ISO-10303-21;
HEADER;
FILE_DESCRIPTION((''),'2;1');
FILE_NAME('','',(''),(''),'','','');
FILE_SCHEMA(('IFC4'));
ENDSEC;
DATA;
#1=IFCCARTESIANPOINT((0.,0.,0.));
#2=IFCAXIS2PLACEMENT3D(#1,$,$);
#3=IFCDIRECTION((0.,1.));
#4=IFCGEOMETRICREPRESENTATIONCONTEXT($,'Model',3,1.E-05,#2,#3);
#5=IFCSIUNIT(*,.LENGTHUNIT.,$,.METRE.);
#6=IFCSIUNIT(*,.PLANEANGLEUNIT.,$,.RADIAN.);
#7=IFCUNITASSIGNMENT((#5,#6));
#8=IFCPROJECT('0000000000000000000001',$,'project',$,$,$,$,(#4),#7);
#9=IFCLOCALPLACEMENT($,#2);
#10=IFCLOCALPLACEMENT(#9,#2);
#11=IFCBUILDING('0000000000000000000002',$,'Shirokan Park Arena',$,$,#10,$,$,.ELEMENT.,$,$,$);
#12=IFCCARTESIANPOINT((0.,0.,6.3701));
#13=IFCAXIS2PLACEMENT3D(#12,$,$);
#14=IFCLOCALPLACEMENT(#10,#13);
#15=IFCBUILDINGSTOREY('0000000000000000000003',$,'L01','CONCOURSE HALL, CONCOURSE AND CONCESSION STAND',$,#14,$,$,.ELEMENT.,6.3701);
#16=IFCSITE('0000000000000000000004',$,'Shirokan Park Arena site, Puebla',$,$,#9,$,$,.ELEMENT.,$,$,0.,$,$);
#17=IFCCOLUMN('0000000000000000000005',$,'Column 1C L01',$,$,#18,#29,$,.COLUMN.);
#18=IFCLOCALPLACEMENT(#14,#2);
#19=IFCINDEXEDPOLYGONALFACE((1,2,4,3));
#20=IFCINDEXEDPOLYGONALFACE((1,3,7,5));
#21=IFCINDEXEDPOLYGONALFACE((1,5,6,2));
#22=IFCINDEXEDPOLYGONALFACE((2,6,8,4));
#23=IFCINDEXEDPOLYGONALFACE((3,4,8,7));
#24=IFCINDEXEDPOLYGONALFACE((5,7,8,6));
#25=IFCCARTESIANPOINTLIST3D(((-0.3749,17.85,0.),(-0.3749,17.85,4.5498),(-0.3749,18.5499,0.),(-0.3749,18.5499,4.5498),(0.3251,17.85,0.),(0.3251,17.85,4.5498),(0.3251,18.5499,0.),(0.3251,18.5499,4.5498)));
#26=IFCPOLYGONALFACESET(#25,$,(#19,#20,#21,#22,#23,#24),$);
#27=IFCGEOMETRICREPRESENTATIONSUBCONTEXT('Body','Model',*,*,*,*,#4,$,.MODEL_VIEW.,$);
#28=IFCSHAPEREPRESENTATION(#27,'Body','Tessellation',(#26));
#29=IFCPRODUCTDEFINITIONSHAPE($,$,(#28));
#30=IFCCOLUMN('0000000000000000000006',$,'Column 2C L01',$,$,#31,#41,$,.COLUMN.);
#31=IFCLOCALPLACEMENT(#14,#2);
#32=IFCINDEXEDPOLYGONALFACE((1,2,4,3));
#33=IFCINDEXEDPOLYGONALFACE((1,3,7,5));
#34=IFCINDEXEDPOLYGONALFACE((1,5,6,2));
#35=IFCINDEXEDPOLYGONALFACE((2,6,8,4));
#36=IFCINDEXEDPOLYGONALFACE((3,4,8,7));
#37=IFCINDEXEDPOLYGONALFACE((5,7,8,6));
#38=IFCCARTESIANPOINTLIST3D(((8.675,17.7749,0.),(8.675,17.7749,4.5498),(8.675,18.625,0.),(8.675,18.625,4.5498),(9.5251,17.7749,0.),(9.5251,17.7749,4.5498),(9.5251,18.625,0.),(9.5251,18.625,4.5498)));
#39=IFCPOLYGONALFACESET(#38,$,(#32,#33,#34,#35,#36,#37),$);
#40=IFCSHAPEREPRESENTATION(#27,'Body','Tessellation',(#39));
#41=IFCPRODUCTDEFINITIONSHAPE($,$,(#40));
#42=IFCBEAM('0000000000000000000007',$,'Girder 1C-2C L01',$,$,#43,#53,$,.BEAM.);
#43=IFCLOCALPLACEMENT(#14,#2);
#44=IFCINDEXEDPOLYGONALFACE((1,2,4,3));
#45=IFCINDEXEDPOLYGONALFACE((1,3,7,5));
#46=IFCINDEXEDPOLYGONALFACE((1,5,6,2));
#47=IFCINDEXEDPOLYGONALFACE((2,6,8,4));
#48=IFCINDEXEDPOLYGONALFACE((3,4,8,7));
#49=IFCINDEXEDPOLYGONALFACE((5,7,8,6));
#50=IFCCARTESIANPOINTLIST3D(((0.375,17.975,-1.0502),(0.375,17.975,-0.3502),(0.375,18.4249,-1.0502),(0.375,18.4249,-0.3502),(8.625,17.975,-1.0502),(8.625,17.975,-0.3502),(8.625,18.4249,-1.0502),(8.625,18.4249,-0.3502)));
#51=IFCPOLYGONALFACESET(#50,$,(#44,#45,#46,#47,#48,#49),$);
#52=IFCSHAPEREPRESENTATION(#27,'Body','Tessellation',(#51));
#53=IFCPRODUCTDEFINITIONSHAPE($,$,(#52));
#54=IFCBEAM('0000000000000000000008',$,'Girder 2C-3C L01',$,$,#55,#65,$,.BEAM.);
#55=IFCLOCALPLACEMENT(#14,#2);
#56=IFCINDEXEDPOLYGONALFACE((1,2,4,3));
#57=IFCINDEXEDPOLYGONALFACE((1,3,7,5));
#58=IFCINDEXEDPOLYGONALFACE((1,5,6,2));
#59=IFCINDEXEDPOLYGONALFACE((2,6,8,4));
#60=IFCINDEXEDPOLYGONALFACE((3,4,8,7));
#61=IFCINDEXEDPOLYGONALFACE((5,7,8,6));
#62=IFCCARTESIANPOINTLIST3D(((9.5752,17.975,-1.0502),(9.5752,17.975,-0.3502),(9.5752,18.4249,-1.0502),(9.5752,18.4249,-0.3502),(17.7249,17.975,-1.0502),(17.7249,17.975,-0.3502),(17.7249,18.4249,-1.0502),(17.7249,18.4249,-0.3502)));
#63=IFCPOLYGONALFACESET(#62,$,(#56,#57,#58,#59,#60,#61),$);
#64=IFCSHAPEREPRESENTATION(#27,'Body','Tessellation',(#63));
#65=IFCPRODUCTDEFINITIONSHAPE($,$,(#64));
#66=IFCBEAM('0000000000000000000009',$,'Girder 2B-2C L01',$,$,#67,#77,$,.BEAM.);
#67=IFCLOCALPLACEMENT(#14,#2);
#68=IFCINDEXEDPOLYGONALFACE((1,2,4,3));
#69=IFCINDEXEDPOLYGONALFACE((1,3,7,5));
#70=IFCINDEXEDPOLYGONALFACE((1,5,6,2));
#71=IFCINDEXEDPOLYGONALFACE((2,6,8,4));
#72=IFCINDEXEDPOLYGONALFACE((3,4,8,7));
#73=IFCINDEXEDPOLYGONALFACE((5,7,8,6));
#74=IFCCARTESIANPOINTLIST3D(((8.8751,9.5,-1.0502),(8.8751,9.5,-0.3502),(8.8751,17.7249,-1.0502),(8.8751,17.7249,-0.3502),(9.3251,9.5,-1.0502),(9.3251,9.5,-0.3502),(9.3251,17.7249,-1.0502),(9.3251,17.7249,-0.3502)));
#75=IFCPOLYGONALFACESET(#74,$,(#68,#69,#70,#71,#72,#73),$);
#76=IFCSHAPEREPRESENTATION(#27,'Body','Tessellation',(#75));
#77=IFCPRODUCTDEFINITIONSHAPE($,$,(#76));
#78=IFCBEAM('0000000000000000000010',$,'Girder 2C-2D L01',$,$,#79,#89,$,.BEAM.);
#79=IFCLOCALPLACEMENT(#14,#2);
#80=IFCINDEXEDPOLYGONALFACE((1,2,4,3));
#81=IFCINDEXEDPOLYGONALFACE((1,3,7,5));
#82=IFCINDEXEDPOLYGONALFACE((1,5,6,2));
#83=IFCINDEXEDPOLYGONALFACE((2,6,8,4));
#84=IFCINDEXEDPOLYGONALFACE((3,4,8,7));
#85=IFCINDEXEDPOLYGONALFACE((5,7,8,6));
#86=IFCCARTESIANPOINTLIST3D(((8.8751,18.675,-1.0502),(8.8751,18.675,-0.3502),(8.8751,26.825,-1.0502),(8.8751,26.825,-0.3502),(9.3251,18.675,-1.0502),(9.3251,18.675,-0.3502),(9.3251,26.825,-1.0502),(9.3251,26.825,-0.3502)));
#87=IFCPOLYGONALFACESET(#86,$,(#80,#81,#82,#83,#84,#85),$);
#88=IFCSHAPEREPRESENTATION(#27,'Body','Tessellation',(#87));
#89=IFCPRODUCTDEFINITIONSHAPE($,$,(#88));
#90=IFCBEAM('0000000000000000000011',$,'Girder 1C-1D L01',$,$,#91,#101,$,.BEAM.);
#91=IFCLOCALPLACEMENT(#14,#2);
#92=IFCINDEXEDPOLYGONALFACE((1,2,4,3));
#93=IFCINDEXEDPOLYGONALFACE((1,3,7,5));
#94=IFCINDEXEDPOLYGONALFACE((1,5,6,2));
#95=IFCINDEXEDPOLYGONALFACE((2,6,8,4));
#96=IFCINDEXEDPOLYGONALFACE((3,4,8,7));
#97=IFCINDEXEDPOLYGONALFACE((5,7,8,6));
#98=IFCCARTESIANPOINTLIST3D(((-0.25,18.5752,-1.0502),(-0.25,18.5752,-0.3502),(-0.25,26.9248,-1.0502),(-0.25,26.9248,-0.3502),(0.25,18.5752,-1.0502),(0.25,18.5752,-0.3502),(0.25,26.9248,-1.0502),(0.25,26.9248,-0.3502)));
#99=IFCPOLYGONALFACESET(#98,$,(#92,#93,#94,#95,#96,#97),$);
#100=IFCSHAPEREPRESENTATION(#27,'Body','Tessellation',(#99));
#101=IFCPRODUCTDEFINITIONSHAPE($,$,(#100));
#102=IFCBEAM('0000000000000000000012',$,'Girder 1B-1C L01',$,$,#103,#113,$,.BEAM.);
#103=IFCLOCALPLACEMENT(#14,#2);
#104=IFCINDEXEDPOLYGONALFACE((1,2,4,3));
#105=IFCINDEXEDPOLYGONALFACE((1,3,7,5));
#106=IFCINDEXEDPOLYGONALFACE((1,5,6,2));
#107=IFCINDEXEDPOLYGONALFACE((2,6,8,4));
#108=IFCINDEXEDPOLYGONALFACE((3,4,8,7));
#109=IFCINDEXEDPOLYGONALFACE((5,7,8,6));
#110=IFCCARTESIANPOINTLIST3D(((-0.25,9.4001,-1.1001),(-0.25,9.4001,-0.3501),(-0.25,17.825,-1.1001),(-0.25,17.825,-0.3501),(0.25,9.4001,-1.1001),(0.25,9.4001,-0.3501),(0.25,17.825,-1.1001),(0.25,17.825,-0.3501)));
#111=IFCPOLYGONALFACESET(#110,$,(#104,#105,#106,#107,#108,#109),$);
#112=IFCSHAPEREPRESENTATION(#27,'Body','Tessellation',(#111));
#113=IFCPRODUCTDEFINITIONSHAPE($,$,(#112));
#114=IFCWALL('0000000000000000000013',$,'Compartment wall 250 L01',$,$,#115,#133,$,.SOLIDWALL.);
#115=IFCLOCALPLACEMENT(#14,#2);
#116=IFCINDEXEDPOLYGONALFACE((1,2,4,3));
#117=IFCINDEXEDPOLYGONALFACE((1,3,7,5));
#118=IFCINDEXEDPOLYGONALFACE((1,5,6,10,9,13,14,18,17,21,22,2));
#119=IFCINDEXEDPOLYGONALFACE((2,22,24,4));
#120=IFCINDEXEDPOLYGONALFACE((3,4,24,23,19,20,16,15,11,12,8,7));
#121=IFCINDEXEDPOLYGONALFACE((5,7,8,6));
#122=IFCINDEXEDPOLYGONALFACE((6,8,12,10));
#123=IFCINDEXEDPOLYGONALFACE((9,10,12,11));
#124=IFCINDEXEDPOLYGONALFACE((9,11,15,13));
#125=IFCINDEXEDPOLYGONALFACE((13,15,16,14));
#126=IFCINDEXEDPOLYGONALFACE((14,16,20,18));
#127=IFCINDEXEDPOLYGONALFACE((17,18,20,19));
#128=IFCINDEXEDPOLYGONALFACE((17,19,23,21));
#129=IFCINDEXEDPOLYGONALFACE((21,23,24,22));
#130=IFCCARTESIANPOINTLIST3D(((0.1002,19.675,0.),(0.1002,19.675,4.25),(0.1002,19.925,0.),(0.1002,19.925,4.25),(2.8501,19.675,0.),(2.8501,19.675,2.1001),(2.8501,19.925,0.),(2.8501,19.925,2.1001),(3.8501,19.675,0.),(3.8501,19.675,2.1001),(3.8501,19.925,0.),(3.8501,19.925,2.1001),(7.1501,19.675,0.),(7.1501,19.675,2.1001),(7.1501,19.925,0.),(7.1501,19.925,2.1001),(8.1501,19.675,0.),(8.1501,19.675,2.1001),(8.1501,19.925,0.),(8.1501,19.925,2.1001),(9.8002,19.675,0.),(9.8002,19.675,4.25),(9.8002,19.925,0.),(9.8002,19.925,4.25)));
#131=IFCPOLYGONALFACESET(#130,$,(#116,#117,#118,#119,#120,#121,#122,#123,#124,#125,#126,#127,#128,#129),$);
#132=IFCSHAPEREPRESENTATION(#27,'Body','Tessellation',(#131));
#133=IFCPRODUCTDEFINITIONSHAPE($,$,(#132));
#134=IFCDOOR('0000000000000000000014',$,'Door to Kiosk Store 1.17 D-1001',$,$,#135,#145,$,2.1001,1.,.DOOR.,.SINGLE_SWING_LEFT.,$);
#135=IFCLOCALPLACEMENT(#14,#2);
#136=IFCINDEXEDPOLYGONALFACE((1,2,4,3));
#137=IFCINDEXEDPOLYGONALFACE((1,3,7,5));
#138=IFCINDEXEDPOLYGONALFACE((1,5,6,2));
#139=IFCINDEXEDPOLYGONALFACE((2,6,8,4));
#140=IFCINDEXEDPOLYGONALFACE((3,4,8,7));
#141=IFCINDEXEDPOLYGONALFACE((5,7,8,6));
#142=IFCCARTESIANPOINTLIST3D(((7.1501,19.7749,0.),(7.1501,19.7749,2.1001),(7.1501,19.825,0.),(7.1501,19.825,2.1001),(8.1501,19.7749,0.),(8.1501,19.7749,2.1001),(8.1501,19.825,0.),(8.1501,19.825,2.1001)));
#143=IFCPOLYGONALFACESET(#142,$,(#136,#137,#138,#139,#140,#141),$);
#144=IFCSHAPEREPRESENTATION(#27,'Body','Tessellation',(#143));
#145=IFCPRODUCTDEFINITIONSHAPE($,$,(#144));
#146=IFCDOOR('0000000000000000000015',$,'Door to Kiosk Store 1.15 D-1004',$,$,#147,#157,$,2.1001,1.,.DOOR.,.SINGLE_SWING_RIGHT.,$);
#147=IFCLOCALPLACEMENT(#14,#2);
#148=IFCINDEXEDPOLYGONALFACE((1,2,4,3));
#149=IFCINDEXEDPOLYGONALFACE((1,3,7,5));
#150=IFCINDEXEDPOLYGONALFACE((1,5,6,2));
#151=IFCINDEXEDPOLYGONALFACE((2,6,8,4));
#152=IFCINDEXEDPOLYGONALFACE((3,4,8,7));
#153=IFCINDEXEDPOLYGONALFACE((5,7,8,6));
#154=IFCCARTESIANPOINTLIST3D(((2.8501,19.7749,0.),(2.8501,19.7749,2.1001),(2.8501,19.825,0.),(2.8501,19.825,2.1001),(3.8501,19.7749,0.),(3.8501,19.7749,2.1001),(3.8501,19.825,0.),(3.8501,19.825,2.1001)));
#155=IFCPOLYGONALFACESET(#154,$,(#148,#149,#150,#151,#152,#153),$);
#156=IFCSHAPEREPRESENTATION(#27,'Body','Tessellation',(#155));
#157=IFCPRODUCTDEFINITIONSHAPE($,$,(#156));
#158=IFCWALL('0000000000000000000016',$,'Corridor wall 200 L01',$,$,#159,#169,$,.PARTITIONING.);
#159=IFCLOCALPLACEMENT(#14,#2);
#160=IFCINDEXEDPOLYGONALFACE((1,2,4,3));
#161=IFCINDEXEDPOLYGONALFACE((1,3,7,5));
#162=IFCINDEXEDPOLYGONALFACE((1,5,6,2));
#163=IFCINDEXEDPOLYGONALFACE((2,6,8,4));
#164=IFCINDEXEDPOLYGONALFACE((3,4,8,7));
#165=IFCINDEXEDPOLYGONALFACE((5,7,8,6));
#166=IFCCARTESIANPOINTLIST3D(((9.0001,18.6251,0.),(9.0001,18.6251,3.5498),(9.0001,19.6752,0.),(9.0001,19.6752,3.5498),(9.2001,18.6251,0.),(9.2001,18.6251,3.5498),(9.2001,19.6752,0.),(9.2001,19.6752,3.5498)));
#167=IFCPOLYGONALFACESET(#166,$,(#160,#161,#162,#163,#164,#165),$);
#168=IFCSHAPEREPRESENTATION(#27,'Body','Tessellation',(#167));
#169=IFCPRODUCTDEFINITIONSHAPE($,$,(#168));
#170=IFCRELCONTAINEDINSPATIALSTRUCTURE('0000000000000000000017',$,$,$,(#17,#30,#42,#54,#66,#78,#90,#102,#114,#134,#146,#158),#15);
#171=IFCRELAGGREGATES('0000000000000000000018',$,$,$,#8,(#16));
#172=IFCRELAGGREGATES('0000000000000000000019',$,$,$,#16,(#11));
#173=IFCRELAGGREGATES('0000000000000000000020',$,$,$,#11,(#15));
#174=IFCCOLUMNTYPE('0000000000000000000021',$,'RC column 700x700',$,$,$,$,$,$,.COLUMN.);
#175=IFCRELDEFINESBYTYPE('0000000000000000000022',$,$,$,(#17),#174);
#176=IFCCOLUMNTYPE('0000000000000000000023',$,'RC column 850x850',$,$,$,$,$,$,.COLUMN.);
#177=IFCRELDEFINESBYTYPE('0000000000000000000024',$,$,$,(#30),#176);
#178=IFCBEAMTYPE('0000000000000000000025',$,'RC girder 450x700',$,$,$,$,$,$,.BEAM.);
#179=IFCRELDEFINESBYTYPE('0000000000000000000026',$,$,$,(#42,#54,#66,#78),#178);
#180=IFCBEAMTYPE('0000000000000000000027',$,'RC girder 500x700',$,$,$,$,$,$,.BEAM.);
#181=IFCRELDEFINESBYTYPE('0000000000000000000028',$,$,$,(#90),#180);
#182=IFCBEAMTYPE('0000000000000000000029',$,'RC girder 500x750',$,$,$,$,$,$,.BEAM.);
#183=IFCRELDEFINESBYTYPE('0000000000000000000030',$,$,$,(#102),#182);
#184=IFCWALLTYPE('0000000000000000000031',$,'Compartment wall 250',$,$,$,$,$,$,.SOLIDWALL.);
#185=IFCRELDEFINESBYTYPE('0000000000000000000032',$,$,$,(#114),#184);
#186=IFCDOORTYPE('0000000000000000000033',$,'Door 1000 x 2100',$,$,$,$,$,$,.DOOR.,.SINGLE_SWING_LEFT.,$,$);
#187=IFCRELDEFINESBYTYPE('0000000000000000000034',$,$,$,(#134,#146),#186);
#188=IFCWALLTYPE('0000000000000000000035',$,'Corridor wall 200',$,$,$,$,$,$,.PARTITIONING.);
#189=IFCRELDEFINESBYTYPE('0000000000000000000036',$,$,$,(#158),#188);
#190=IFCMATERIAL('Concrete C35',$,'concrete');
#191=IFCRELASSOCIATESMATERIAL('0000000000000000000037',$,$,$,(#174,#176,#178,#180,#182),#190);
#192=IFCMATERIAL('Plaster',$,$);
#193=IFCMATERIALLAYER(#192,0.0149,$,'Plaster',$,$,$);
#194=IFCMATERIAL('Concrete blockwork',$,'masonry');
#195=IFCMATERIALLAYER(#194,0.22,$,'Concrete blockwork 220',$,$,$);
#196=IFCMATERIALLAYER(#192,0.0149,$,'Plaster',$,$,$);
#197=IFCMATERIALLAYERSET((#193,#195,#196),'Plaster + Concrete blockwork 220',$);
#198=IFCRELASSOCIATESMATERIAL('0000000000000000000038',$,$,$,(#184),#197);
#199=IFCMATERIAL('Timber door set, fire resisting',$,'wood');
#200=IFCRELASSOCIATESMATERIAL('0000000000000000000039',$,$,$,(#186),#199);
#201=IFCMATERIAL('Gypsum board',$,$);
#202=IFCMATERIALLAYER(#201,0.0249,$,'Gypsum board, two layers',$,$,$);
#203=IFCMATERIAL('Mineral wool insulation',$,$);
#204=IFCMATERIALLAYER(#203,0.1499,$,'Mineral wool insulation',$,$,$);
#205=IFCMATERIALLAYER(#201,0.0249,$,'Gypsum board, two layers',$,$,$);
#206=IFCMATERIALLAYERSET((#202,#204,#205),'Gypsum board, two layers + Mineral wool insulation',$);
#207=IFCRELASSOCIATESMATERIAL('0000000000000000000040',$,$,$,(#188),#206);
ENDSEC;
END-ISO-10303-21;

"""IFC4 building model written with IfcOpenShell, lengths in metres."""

from ifc_helpers import new_model, si_unit, direction, frame, frame_2d, origin, origin_2d, place, context, subcontext, project, spatial, rectangle, extrude, material, layer, layer_set, material_profile, profile_set, type_object, element, fill, save


model = new_model("IFC4")

# Units and contexts
model_context = context("Model", 3, precision=1e-05, world=origin(), true_north=direction((0.0, 1.0)))
body_context = subcontext(model_context, "Body", "Model", "MODEL_VIEW")
ifc_project = project(units=[si_unit("LENGTHUNIT", "METRE"), si_unit("PLANEANGLEUNIT", "RADIAN")], contexts=[model_context])

# Site, building, storey
site_placement = place(None, origin())
site = spatial("IfcSite", under=ifc_project, at=site_placement, Name="Shirokan Park Arena site, Puebla", CompositionType="ELEMENT", RefElevation=0.0)
building_placement = place(site_placement, origin())
building = spatial("IfcBuilding", under=site, at=building_placement, Name="Shirokan Park Arena", CompositionType="ELEMENT")
storey_placement = place(building_placement, frame((0.0, 0.0, 6.3701)))
storey = spatial("IfcBuildingStorey", under=building, at=storey_placement, Name="L01", Description="CONCOURSE HALL, CONCOURSE AND CONCESSION STAND", CompositionType="ELEMENT", Elevation=6.3701)

# Columns
ifc_material_1 = material(Name="Concrete C35", Category="concrete")
ifc_material_profile_1 = material_profile(ifc_material_1, rectangle(XDim=0.7, YDim=0.7, at=origin_2d()), Name="700x700")
ifc_profile_set_1 = profile_set([ifc_material_profile_1], Name="Concrete C35")
column_type_1 = type_object("IfcColumnType", Name="RC column 700x700", PredefinedType="COLUMN", material=ifc_profile_set_1)
column_1_placement = place(storey_placement, frame((-0.0249, 18.2, 0.0), z_axis=(0.0, 0.0, 1.0), x_axis=(1.0, 0.0, 0.0)))
element("IfcColumn", 1, at=column_1_placement, inside=storey, type_object=column_type_1, Name="Column 1C L01", PredefinedType="COLUMN", context=body_context, shape_type="SweptSolid", body=[
    extrude(rectangle(XDim=0.7, YDim=0.7, at=origin_2d()), origin(), (0.0, 0.0, 1.0), 4.5498),
])
ifc_material_profile_2 = material_profile(ifc_material_1, rectangle(XDim=0.8501, YDim=0.8501, at=origin_2d()), Name="850x850")
ifc_profile_set_2 = profile_set([ifc_material_profile_2], Name="Concrete C35")
column_type_2 = type_object("IfcColumnType", Name="RC column 850x850", PredefinedType="COLUMN", material=ifc_profile_set_2)
column_2_placement = place(storey_placement, frame((9.1001, 18.2, 0.0), z_axis=(0.0, 0.0, 1.0), x_axis=(1.0, 0.0, 0.0)))
element("IfcColumn", 2, at=column_2_placement, inside=storey, type_object=column_type_2, Name="Column 2C L01", PredefinedType="COLUMN", context=body_context, shape_type="SweptSolid", body=[
    extrude(rectangle(XDim=0.8501, YDim=0.8501, at=origin_2d()), origin(), (0.0, 0.0, 1.0), 4.5498),
])

# Beams
ifc_material_profile_3 = material_profile(ifc_material_1, rectangle(XDim=0.45, YDim=0.7, at=origin_2d()), Name="450x700")
ifc_profile_set_3 = profile_set([ifc_material_profile_3], Name="Concrete C35")
beam_type_1 = type_object("IfcBeamType", Name="RC girder 450x700", PredefinedType="BEAM", material=ifc_profile_set_3)
beam_1_placement = place(storey_placement, frame((0.375, 18.2, -0.7002), z_axis=(1.0, 0.0, 0.0), x_axis=(0.0, 1.0, 0.0)))
element("IfcBeam", 3, at=beam_1_placement, inside=storey, type_object=beam_type_1, Name="Girder 1C-2C L01", PredefinedType="BEAM", context=body_context, shape_type="SweptSolid", body=[
    extrude(rectangle(XDim=0.45, YDim=0.7, at=origin_2d()), origin(), (0.0, 0.0, 1.0), 8.25),
])
beam_2_placement = place(storey_placement, frame((9.5752, 18.2, -0.7002), z_axis=(1.0, 0.0, 0.0), x_axis=(0.0, 1.0, 0.0)))
element("IfcBeam", 4, at=beam_2_placement, inside=storey, type_object=beam_type_1, Name="Girder 2C-3C L01", PredefinedType="BEAM", context=body_context, shape_type="SweptSolid", body=[
    extrude(rectangle(XDim=0.45, YDim=0.7, at=origin_2d()), origin(), (0.0, 0.0, 1.0), 8.1497),
])
beam_3_placement = place(storey_placement, frame((9.1001, 9.5, -0.7002), z_axis=(0.0, 1.0, 0.0), x_axis=(-1.0, 0.0, 0.0)))
element("IfcBeam", 5, at=beam_3_placement, inside=storey, type_object=beam_type_1, Name="Girder 2B-2C L01", PredefinedType="BEAM", context=body_context, shape_type="SweptSolid", body=[
    extrude(rectangle(XDim=0.45, YDim=0.7, at=origin_2d()), origin(), (0.0, 0.0, 1.0), 8.2249),
])
beam_4_placement = place(storey_placement, frame((9.1001, 18.675, -0.7002), z_axis=(0.0, 1.0, 0.0), x_axis=(-1.0, 0.0, 0.0)))
element("IfcBeam", 6, at=beam_4_placement, inside=storey, type_object=beam_type_1, Name="Girder 2C-2D L01", PredefinedType="BEAM", context=body_context, shape_type="SweptSolid", body=[
    extrude(rectangle(XDim=0.45, YDim=0.7, at=origin_2d()), origin(), (0.0, 0.0, 1.0), 8.1499),
])
ifc_material_profile_4 = material_profile(ifc_material_1, rectangle(XDim=0.5, YDim=0.7, at=origin_2d()), Name="500x700")
ifc_profile_set_4 = profile_set([ifc_material_profile_4], Name="Concrete C35")
beam_type_2 = type_object("IfcBeamType", Name="RC girder 500x700", PredefinedType="BEAM", material=ifc_profile_set_4)
beam_5_placement = place(storey_placement, frame((0.0, 18.5752, -0.7002), z_axis=(0.0, 1.0, 0.0), x_axis=(-1.0, 0.0, 0.0)))
element("IfcBeam", 7, at=beam_5_placement, inside=storey, type_object=beam_type_2, Name="Girder 1C-1D L01", PredefinedType="BEAM", context=body_context, shape_type="SweptSolid", body=[
    extrude(rectangle(XDim=0.5, YDim=0.7, at=origin_2d()), origin(), (0.0, 0.0, 1.0), 8.3496),
])
ifc_material_profile_5 = material_profile(ifc_material_1, rectangle(XDim=0.5, YDim=0.75, at=origin_2d()), Name="500x750")
ifc_profile_set_5 = profile_set([ifc_material_profile_5], Name="Concrete C35")
beam_type_3 = type_object("IfcBeamType", Name="RC girder 500x750", PredefinedType="BEAM", material=ifc_profile_set_5)
beam_6_placement = place(storey_placement, frame((0.0, 9.4001, -0.7251), z_axis=(0.0, 1.0, 0.0), x_axis=(-1.0, 0.0, 0.0)))
element("IfcBeam", 8, at=beam_6_placement, inside=storey, type_object=beam_type_3, Name="Girder 1B-1C L01", PredefinedType="BEAM", context=body_context, shape_type="SweptSolid", body=[
    extrude(rectangle(XDim=0.5, YDim=0.75, at=origin_2d()), origin(), (0.0, 0.0, 1.0), 8.4248),
])

# Wall, openings, doors
ifc_material_2 = material(Name="Plaster")
ifc_layer_1 = layer(ifc_material_2, 0.0149, Name="Plaster")
ifc_material_3 = material(Name="Concrete blockwork", Category="masonry")
ifc_layer_2 = layer(ifc_material_3, 0.22, Name="Concrete blockwork 220")
ifc_layer_3 = layer(ifc_material_2, 0.0149, Name="Plaster")
ifc_layer_set_1 = layer_set([ifc_layer_1, ifc_layer_2, ifc_layer_3], Name="Plaster + Concrete blockwork 220")
wall_type_1 = type_object("IfcWallType", Name="Compartment wall 250", PredefinedType="SOLIDWALL", material=ifc_layer_set_1)
wall_1_placement = place(storey_placement, frame((0.1001, 19.8, 0.0), z_axis=(0.0, 0.0, 1.0), x_axis=(1.0, 0.0, 0.0)))
wall_1 = element("IfcWall", 9, at=wall_1_placement, inside=storey, type_object=wall_type_1, Name="Compartment wall 250 L01", PredefinedType="SOLIDWALL", context=body_context, shape_type="SweptSolid", body=[
    extrude(rectangle(XDim=9.7, YDim=0.25, at=frame_2d((4.8501, 0.0))), origin(), (0.0, 0.0, 1.0), 4.25),
])
opening_1_placement = place(wall_1_placement, frame((7.05, 0.0, 0.0)))
opening_1 = element("IfcOpeningElement", 10, at=opening_1_placement, cuts=wall_1, PredefinedType="OPENING", context=body_context, shape_type="SweptSolid", body=[
    extrude(rectangle(XDim=1.0, YDim=2.1001, at=frame_2d((0.5, 1.05))), frame((0.0, 0.135, 0.0), z_axis=(0.0, -1.0, 0.0), x_axis=(1.0, 0.0, 0.0)), (0.0, 0.0, 1.0), 0.27),
])
opening_2_placement = place(wall_1_placement, frame((2.75, 0.0, 0.0)))
opening_2 = element("IfcOpeningElement", 11, at=opening_2_placement, cuts=wall_1, PredefinedType="OPENING", context=body_context, shape_type="SweptSolid", body=[
    extrude(rectangle(XDim=1.0, YDim=2.1001, at=frame_2d((0.5, 1.05))), frame((0.0, 0.135, 0.0), z_axis=(0.0, -1.0, 0.0), x_axis=(1.0, 0.0, 0.0)), (0.0, 0.0, 1.0), 0.27),
])
ifc_material_4 = material(Name="Timber door set, fire resisting", Category="wood")
door_type_1 = type_object("IfcDoorType", Name="Door 1000 x 2100", OperationType="SINGLE_SWING_LEFT", PredefinedType="DOOR", material=ifc_material_4)
door_1_placement = place(opening_1_placement, origin())
door_1 = element("IfcDoor", 12, at=door_1_placement, inside=storey, type_object=door_type_1, Name="Door to Kiosk Store 1.17 D-1001", OperationType="SINGLE_SWING_LEFT", OverallHeight=2.1001, OverallWidth=1.0, PredefinedType="DOOR", context=body_context, shape_type="SweptSolid", body=[
    extrude(rectangle(XDim=1.0, YDim=2.1001, at=frame_2d((0.5, 1.05))), frame((0.0, 0.0249, 0.0), z_axis=(0.0, -1.0, 0.0), x_axis=(1.0, 0.0, 0.0)), (0.0, 0.0, 1.0), 0.05),
])
fill(opening_1, door_1)
door_2_placement = place(opening_2_placement, origin())
door_2 = element("IfcDoor", 13, at=door_2_placement, inside=storey, type_object=door_type_1, Name="Door to Kiosk Store 1.15 D-1004", OperationType="SINGLE_SWING_RIGHT", OverallHeight=2.1001, OverallWidth=1.0, PredefinedType="DOOR", context=body_context, shape_type="SweptSolid", body=[
    extrude(rectangle(XDim=1.0, YDim=2.1001, at=frame_2d((0.5, 1.05))), frame((0.0, 0.0249, 0.0), z_axis=(0.0, -1.0, 0.0), x_axis=(1.0, 0.0, 0.0)), (0.0, 0.0, 1.0), 0.05),
])
fill(opening_2, door_2)
ifc_material_5 = material(Name="Gypsum board")
ifc_layer_4 = layer(ifc_material_5, 0.0249, Name="Gypsum board, two layers")
ifc_material_6 = material(Name="Mineral wool insulation")
ifc_layer_5 = layer(ifc_material_6, 0.1499, Name="Mineral wool insulation")
ifc_layer_6 = layer(ifc_material_5, 0.0249, Name="Gypsum board, two layers")
ifc_layer_set_2 = layer_set([ifc_layer_4, ifc_layer_5, ifc_layer_6], Name="Gypsum board, two layers + Mineral wool insulation")
wall_type_2 = type_object("IfcWallType", Name="Corridor wall 200", PredefinedType="PARTITIONING", material=ifc_layer_set_2)

# Wall
wall_2_placement = place(storey_placement, frame((9.1001, 19.675, 0.0), z_axis=(0.0, 0.0, 1.0), x_axis=(0.0, -1.0, 0.0)))
element("IfcWall", 14, at=wall_2_placement, inside=storey, type_object=wall_type_2, Name="Corridor wall 200 L01", PredefinedType="PARTITIONING", context=body_context, shape_type="SweptSolid", body=[
    extrude(rectangle(XDim=1.05, YDim=0.2, at=frame_2d((0.5249, 0.0))), origin(), (0.0, 0.0, 1.0), 3.5498),
])

save(model, "model.ifc")
